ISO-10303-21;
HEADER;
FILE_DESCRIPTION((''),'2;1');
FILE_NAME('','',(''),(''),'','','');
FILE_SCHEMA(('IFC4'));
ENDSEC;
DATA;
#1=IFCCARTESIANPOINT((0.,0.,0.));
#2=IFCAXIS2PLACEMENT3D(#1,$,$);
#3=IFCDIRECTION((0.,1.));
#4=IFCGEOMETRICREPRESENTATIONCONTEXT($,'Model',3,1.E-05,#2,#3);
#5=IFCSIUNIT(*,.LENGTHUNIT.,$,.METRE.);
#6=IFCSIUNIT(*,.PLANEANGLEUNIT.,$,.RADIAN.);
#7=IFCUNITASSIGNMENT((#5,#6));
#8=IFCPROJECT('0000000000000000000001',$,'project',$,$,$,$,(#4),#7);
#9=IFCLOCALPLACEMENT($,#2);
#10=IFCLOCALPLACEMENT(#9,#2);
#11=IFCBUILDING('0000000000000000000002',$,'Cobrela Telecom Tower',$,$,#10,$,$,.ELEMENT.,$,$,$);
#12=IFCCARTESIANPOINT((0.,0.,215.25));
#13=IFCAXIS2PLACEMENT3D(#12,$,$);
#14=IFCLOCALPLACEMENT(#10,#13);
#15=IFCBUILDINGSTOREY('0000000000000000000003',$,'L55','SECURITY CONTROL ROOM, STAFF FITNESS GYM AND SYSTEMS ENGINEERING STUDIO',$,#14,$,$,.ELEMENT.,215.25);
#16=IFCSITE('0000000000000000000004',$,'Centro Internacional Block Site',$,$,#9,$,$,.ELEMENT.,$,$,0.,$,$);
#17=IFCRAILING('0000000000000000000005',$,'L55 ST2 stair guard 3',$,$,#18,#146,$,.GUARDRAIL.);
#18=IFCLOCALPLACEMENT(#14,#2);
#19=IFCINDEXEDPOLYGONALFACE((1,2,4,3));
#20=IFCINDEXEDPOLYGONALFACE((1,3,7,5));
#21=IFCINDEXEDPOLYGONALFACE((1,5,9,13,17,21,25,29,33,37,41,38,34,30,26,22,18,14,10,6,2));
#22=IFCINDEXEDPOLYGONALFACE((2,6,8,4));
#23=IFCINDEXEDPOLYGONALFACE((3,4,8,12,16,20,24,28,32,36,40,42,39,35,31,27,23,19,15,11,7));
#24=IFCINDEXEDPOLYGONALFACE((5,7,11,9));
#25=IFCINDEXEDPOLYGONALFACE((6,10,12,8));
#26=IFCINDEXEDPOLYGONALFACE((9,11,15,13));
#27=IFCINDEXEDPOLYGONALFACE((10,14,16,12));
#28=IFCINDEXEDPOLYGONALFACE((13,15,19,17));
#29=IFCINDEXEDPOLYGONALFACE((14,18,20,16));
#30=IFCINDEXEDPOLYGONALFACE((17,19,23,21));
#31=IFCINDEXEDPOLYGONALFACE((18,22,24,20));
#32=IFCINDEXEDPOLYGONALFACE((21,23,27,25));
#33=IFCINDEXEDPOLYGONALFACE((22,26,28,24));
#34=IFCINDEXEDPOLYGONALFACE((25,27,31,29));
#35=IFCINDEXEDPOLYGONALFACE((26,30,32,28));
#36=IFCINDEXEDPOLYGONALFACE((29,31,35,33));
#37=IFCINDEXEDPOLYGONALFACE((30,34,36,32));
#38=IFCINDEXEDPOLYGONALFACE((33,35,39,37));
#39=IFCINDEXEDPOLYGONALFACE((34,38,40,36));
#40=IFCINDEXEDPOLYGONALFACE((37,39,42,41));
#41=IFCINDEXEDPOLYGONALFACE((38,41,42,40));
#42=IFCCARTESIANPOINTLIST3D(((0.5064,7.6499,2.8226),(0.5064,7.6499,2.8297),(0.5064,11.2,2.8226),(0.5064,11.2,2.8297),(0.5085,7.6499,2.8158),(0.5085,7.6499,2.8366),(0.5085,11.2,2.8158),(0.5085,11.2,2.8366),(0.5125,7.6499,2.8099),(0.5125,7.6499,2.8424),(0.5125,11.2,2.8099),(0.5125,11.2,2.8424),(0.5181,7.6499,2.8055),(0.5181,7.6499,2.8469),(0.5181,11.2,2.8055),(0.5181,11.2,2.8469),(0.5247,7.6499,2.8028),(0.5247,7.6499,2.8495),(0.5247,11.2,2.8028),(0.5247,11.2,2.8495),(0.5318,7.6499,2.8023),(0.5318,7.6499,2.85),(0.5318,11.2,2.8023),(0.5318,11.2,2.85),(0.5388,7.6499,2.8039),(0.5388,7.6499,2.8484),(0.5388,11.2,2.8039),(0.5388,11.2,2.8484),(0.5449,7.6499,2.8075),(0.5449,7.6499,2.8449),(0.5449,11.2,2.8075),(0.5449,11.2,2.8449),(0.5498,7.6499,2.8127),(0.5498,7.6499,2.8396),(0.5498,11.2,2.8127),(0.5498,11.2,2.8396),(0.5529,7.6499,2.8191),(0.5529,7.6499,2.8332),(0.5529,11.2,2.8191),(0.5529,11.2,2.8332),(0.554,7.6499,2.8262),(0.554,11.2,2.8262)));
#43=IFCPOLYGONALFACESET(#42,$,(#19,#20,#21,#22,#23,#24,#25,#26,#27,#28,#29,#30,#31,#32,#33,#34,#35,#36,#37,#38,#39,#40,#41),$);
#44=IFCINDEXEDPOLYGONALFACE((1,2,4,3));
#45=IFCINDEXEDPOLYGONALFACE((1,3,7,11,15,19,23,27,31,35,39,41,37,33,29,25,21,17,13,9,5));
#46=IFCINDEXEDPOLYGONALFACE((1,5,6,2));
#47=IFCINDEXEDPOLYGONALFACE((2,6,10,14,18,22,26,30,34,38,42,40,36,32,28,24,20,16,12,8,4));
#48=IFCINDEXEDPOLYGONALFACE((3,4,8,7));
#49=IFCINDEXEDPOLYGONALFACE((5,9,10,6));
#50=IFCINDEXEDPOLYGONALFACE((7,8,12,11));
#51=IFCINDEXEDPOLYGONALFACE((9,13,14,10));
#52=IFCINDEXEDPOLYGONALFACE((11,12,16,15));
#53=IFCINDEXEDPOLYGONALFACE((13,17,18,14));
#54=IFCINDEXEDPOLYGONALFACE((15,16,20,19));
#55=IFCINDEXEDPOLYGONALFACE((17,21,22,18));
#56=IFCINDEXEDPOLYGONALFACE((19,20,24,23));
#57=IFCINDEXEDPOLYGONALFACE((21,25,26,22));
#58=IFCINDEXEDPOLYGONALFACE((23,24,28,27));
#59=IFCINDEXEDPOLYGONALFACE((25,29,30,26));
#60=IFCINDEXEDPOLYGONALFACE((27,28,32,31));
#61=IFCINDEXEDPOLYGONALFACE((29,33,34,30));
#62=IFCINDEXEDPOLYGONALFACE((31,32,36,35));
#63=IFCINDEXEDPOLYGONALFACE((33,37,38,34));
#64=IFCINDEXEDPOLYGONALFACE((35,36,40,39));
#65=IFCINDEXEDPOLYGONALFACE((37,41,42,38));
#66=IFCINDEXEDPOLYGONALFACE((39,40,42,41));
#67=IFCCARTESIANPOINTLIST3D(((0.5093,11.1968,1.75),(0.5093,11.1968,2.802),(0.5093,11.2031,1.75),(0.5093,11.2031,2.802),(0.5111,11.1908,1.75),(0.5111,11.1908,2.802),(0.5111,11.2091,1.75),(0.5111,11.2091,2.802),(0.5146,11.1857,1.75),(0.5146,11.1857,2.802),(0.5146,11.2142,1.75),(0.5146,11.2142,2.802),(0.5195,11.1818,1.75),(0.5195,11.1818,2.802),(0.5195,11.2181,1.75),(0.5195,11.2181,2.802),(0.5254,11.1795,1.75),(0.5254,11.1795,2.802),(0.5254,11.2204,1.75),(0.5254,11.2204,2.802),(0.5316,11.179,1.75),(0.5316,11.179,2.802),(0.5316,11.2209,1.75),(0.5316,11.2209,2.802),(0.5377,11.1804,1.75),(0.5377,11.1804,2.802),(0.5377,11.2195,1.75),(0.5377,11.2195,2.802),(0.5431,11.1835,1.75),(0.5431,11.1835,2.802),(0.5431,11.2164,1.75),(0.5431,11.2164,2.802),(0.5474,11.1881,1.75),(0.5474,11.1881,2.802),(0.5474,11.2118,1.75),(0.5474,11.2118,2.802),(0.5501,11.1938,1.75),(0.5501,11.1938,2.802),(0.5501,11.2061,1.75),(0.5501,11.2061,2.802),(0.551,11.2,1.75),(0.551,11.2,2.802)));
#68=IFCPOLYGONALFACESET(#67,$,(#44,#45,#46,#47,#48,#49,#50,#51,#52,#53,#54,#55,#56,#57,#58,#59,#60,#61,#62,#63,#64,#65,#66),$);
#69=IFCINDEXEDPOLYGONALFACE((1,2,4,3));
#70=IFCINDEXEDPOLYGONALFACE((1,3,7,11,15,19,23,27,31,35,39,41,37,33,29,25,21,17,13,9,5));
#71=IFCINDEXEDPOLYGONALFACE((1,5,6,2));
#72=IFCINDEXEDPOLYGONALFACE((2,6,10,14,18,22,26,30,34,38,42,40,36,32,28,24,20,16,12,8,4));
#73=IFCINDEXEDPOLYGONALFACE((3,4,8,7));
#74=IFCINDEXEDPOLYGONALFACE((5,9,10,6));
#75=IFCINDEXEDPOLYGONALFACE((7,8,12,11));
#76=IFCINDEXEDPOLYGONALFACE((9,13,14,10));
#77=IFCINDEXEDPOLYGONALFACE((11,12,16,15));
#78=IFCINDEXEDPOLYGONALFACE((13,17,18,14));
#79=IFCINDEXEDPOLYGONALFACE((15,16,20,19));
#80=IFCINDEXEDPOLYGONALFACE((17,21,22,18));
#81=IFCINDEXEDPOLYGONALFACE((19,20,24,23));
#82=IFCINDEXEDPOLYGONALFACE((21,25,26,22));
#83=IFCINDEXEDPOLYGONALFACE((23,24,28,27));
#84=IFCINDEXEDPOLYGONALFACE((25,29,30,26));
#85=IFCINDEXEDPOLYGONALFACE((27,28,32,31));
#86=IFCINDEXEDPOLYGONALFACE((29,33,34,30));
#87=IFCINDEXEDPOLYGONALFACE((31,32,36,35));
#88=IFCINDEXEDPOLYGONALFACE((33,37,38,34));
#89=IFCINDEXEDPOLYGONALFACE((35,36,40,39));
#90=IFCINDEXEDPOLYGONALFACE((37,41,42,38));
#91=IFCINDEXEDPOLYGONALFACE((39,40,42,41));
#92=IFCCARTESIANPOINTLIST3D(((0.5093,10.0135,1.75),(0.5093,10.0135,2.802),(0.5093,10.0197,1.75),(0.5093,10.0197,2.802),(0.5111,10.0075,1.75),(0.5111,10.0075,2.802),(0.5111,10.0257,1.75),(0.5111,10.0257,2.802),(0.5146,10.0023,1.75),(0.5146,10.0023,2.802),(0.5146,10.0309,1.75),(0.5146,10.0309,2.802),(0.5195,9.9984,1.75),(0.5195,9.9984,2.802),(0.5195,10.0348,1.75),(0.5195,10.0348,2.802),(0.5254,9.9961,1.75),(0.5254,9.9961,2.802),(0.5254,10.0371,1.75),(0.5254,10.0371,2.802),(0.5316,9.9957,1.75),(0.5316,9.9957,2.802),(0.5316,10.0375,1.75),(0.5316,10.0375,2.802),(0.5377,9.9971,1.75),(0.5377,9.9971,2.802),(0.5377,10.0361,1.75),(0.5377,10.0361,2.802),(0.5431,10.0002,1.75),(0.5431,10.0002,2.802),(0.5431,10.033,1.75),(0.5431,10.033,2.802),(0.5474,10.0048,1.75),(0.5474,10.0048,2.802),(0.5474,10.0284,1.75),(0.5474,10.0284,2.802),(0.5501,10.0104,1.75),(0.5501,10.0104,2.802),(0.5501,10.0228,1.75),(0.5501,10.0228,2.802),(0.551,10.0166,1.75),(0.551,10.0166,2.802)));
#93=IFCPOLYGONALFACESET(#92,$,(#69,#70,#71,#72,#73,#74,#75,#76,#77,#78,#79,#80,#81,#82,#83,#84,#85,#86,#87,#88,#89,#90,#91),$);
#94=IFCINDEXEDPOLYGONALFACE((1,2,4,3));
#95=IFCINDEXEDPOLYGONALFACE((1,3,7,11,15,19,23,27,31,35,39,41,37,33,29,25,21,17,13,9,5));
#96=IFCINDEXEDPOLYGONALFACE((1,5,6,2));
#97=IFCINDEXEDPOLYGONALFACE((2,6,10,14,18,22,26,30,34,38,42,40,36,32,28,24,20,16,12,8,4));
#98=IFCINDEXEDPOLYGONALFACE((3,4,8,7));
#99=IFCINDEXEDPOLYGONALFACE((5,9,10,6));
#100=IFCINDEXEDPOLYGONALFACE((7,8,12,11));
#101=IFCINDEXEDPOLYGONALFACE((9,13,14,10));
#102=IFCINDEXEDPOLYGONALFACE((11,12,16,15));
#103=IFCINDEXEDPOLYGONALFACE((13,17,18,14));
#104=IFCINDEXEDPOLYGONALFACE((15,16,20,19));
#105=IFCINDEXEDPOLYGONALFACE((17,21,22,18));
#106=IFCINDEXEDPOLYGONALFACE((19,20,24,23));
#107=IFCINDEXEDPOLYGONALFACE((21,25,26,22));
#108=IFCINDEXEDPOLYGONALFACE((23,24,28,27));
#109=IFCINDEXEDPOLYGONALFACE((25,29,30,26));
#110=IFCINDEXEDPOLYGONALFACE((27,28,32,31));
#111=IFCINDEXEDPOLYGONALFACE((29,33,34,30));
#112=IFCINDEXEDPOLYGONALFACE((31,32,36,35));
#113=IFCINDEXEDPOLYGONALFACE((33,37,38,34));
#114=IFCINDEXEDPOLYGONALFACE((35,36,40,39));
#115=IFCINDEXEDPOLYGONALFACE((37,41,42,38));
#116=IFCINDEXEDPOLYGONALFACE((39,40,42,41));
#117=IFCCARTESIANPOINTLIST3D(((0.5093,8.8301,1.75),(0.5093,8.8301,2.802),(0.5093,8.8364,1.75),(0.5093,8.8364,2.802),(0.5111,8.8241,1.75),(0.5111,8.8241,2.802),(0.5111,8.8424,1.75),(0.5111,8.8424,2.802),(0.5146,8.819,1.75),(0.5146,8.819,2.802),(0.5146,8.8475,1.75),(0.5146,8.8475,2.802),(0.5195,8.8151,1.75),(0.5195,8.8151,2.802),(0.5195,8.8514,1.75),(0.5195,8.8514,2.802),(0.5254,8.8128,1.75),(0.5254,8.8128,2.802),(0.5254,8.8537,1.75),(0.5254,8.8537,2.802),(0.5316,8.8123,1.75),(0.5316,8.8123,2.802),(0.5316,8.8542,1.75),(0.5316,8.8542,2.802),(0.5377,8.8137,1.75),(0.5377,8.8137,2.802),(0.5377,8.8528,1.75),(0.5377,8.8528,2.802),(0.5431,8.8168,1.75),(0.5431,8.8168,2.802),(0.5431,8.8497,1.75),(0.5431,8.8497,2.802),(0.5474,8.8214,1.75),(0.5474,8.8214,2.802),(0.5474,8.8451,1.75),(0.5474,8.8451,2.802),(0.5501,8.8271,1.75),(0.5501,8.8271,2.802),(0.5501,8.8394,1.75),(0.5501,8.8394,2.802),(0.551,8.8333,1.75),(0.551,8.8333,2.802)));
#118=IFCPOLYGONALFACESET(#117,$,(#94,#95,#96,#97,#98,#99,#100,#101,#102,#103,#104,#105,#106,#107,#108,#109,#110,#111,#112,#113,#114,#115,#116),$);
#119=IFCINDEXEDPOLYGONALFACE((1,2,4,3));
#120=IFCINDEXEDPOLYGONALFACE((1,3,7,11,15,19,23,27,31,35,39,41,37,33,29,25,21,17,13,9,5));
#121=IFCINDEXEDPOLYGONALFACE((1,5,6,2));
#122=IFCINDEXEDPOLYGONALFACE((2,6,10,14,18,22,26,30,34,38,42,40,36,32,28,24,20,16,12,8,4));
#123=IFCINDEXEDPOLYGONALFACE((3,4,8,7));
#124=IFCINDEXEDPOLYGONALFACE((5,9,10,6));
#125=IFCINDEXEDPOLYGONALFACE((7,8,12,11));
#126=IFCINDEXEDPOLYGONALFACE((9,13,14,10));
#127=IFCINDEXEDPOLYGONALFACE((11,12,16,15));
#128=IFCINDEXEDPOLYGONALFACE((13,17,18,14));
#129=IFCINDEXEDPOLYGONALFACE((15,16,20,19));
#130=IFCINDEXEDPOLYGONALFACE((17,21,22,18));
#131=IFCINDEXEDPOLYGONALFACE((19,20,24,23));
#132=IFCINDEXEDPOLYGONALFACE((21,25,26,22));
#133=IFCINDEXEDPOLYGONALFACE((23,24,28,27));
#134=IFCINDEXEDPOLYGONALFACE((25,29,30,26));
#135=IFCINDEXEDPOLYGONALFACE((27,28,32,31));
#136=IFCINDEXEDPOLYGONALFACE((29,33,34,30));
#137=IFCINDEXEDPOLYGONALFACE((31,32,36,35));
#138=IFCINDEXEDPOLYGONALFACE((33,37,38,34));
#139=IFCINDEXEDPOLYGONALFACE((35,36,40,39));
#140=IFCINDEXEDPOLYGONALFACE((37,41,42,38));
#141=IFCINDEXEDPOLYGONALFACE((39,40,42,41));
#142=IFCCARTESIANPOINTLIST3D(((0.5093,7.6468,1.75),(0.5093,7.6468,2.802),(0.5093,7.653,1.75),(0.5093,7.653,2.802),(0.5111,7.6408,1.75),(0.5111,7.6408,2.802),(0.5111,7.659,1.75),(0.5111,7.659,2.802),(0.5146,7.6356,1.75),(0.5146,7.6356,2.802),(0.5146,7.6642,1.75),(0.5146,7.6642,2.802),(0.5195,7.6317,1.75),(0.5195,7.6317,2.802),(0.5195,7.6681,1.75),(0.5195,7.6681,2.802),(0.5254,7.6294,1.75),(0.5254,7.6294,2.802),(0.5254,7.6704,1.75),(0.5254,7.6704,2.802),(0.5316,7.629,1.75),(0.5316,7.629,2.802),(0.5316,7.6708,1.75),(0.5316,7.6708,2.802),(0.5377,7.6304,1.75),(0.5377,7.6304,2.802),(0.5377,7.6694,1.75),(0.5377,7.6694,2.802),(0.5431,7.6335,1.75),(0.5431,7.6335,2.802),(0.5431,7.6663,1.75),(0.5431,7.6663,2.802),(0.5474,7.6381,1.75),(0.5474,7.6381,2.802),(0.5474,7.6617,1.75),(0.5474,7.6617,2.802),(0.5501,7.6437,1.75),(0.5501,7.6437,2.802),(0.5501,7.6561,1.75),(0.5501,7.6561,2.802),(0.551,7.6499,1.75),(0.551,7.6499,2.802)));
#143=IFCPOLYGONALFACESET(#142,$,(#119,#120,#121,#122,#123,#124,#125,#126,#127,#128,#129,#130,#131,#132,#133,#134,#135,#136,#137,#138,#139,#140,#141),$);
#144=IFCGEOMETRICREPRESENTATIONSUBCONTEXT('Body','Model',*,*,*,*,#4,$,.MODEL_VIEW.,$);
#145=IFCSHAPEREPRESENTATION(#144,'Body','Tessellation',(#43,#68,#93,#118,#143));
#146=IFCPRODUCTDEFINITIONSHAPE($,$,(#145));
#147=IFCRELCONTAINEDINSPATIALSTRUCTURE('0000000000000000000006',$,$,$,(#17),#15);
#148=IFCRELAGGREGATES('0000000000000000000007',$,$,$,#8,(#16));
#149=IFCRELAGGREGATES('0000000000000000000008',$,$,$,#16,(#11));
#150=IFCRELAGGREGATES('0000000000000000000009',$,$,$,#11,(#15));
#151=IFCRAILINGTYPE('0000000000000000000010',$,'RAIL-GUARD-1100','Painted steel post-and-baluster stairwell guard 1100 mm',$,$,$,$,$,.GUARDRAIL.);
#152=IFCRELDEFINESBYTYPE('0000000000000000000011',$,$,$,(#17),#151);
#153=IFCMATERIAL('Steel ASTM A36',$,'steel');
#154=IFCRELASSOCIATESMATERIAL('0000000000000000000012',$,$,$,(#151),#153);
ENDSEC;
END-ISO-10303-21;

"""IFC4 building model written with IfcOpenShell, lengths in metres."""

from ifc_helpers import new_model, si_unit, direction, frame, origin, origin_2d, place, context, subcontext, project, spatial, circle, extrude, material, type_object, element, save


model = new_model("IFC4")

# Units and contexts
model_context = context("Model", 3, precision=1e-05, world=origin(), true_north=direction((0.0, 1.0)))
body_context = subcontext(model_context, "Body", "Model", "MODEL_VIEW")
ifc_project = project(units=[si_unit("LENGTHUNIT", "METRE"), si_unit("PLANEANGLEUNIT", "RADIAN")], contexts=[model_context])

# Site, building, storey
site_placement = place(None, origin())
site = spatial("IfcSite", under=ifc_project, at=site_placement, Name="Centro Internacional Block Site", CompositionType="ELEMENT", RefElevation=0.0)
building_placement = place(site_placement, origin())
building = spatial("IfcBuilding", under=site, at=building_placement, Name="Cobrela Telecom Tower", CompositionType="ELEMENT")
storey_placement = place(building_placement, frame((0.0, 0.0, 215.25)))
storey = spatial("IfcBuildingStorey", under=building, at=storey_placement, Name="L55", Description="SECURITY CONTROL ROOM, STAFF FITNESS GYM AND SYSTEMS ENGINEERING STUDIO", CompositionType="ELEMENT", Elevation=215.25)

# Shared definitions
ifc_material_1 = material(Name="Steel ASTM A36", Category="steel")

# Railing
railing_type = type_object("IfcRailingType", Name="RAIL-GUARD-1100", Description="Painted steel post-and-baluster stairwell guard 1100 mm", PredefinedType="GUARDRAIL", material=ifc_material_1)
railing_1_placement = place(storey_placement, frame((0.53, 11.2, 1.75)))
element("IfcRailing", 1, at=railing_1_placement, inside=storey, type_object=railing_type, Name="L55 ST2 stair guard 3", PredefinedType="GUARDRAIL", context=body_context, shape_type="SweptSolid", body=[
    extrude(circle(Radius=0.0239, at=origin_2d()), frame((0.0, 0.0, 1.0762), z_axis=(0.0, -1.0, 0.0), x_axis=(1.0, 0.0, 0.0)), (0.0, 0.0, 1.0), 3.55),
    extrude(circle(Radius=0.021, at=origin_2d()), origin(), (0.0, 0.0, 1.0), 1.052),
    extrude(circle(Radius=0.021, at=origin_2d()), frame((0.0, -1.1833, 0.0)), (0.0, 0.0, 1.0), 1.052),
    extrude(circle(Radius=0.021, at=origin_2d()), frame((0.0, -2.3667, 0.0)), (0.0, 0.0, 1.0), 1.052),
    extrude(circle(Radius=0.021, at=origin_2d()), frame((0.0, -3.55, 0.0)), (0.0, 0.0, 1.0), 1.052),
])

save(model, "model.ifc")
